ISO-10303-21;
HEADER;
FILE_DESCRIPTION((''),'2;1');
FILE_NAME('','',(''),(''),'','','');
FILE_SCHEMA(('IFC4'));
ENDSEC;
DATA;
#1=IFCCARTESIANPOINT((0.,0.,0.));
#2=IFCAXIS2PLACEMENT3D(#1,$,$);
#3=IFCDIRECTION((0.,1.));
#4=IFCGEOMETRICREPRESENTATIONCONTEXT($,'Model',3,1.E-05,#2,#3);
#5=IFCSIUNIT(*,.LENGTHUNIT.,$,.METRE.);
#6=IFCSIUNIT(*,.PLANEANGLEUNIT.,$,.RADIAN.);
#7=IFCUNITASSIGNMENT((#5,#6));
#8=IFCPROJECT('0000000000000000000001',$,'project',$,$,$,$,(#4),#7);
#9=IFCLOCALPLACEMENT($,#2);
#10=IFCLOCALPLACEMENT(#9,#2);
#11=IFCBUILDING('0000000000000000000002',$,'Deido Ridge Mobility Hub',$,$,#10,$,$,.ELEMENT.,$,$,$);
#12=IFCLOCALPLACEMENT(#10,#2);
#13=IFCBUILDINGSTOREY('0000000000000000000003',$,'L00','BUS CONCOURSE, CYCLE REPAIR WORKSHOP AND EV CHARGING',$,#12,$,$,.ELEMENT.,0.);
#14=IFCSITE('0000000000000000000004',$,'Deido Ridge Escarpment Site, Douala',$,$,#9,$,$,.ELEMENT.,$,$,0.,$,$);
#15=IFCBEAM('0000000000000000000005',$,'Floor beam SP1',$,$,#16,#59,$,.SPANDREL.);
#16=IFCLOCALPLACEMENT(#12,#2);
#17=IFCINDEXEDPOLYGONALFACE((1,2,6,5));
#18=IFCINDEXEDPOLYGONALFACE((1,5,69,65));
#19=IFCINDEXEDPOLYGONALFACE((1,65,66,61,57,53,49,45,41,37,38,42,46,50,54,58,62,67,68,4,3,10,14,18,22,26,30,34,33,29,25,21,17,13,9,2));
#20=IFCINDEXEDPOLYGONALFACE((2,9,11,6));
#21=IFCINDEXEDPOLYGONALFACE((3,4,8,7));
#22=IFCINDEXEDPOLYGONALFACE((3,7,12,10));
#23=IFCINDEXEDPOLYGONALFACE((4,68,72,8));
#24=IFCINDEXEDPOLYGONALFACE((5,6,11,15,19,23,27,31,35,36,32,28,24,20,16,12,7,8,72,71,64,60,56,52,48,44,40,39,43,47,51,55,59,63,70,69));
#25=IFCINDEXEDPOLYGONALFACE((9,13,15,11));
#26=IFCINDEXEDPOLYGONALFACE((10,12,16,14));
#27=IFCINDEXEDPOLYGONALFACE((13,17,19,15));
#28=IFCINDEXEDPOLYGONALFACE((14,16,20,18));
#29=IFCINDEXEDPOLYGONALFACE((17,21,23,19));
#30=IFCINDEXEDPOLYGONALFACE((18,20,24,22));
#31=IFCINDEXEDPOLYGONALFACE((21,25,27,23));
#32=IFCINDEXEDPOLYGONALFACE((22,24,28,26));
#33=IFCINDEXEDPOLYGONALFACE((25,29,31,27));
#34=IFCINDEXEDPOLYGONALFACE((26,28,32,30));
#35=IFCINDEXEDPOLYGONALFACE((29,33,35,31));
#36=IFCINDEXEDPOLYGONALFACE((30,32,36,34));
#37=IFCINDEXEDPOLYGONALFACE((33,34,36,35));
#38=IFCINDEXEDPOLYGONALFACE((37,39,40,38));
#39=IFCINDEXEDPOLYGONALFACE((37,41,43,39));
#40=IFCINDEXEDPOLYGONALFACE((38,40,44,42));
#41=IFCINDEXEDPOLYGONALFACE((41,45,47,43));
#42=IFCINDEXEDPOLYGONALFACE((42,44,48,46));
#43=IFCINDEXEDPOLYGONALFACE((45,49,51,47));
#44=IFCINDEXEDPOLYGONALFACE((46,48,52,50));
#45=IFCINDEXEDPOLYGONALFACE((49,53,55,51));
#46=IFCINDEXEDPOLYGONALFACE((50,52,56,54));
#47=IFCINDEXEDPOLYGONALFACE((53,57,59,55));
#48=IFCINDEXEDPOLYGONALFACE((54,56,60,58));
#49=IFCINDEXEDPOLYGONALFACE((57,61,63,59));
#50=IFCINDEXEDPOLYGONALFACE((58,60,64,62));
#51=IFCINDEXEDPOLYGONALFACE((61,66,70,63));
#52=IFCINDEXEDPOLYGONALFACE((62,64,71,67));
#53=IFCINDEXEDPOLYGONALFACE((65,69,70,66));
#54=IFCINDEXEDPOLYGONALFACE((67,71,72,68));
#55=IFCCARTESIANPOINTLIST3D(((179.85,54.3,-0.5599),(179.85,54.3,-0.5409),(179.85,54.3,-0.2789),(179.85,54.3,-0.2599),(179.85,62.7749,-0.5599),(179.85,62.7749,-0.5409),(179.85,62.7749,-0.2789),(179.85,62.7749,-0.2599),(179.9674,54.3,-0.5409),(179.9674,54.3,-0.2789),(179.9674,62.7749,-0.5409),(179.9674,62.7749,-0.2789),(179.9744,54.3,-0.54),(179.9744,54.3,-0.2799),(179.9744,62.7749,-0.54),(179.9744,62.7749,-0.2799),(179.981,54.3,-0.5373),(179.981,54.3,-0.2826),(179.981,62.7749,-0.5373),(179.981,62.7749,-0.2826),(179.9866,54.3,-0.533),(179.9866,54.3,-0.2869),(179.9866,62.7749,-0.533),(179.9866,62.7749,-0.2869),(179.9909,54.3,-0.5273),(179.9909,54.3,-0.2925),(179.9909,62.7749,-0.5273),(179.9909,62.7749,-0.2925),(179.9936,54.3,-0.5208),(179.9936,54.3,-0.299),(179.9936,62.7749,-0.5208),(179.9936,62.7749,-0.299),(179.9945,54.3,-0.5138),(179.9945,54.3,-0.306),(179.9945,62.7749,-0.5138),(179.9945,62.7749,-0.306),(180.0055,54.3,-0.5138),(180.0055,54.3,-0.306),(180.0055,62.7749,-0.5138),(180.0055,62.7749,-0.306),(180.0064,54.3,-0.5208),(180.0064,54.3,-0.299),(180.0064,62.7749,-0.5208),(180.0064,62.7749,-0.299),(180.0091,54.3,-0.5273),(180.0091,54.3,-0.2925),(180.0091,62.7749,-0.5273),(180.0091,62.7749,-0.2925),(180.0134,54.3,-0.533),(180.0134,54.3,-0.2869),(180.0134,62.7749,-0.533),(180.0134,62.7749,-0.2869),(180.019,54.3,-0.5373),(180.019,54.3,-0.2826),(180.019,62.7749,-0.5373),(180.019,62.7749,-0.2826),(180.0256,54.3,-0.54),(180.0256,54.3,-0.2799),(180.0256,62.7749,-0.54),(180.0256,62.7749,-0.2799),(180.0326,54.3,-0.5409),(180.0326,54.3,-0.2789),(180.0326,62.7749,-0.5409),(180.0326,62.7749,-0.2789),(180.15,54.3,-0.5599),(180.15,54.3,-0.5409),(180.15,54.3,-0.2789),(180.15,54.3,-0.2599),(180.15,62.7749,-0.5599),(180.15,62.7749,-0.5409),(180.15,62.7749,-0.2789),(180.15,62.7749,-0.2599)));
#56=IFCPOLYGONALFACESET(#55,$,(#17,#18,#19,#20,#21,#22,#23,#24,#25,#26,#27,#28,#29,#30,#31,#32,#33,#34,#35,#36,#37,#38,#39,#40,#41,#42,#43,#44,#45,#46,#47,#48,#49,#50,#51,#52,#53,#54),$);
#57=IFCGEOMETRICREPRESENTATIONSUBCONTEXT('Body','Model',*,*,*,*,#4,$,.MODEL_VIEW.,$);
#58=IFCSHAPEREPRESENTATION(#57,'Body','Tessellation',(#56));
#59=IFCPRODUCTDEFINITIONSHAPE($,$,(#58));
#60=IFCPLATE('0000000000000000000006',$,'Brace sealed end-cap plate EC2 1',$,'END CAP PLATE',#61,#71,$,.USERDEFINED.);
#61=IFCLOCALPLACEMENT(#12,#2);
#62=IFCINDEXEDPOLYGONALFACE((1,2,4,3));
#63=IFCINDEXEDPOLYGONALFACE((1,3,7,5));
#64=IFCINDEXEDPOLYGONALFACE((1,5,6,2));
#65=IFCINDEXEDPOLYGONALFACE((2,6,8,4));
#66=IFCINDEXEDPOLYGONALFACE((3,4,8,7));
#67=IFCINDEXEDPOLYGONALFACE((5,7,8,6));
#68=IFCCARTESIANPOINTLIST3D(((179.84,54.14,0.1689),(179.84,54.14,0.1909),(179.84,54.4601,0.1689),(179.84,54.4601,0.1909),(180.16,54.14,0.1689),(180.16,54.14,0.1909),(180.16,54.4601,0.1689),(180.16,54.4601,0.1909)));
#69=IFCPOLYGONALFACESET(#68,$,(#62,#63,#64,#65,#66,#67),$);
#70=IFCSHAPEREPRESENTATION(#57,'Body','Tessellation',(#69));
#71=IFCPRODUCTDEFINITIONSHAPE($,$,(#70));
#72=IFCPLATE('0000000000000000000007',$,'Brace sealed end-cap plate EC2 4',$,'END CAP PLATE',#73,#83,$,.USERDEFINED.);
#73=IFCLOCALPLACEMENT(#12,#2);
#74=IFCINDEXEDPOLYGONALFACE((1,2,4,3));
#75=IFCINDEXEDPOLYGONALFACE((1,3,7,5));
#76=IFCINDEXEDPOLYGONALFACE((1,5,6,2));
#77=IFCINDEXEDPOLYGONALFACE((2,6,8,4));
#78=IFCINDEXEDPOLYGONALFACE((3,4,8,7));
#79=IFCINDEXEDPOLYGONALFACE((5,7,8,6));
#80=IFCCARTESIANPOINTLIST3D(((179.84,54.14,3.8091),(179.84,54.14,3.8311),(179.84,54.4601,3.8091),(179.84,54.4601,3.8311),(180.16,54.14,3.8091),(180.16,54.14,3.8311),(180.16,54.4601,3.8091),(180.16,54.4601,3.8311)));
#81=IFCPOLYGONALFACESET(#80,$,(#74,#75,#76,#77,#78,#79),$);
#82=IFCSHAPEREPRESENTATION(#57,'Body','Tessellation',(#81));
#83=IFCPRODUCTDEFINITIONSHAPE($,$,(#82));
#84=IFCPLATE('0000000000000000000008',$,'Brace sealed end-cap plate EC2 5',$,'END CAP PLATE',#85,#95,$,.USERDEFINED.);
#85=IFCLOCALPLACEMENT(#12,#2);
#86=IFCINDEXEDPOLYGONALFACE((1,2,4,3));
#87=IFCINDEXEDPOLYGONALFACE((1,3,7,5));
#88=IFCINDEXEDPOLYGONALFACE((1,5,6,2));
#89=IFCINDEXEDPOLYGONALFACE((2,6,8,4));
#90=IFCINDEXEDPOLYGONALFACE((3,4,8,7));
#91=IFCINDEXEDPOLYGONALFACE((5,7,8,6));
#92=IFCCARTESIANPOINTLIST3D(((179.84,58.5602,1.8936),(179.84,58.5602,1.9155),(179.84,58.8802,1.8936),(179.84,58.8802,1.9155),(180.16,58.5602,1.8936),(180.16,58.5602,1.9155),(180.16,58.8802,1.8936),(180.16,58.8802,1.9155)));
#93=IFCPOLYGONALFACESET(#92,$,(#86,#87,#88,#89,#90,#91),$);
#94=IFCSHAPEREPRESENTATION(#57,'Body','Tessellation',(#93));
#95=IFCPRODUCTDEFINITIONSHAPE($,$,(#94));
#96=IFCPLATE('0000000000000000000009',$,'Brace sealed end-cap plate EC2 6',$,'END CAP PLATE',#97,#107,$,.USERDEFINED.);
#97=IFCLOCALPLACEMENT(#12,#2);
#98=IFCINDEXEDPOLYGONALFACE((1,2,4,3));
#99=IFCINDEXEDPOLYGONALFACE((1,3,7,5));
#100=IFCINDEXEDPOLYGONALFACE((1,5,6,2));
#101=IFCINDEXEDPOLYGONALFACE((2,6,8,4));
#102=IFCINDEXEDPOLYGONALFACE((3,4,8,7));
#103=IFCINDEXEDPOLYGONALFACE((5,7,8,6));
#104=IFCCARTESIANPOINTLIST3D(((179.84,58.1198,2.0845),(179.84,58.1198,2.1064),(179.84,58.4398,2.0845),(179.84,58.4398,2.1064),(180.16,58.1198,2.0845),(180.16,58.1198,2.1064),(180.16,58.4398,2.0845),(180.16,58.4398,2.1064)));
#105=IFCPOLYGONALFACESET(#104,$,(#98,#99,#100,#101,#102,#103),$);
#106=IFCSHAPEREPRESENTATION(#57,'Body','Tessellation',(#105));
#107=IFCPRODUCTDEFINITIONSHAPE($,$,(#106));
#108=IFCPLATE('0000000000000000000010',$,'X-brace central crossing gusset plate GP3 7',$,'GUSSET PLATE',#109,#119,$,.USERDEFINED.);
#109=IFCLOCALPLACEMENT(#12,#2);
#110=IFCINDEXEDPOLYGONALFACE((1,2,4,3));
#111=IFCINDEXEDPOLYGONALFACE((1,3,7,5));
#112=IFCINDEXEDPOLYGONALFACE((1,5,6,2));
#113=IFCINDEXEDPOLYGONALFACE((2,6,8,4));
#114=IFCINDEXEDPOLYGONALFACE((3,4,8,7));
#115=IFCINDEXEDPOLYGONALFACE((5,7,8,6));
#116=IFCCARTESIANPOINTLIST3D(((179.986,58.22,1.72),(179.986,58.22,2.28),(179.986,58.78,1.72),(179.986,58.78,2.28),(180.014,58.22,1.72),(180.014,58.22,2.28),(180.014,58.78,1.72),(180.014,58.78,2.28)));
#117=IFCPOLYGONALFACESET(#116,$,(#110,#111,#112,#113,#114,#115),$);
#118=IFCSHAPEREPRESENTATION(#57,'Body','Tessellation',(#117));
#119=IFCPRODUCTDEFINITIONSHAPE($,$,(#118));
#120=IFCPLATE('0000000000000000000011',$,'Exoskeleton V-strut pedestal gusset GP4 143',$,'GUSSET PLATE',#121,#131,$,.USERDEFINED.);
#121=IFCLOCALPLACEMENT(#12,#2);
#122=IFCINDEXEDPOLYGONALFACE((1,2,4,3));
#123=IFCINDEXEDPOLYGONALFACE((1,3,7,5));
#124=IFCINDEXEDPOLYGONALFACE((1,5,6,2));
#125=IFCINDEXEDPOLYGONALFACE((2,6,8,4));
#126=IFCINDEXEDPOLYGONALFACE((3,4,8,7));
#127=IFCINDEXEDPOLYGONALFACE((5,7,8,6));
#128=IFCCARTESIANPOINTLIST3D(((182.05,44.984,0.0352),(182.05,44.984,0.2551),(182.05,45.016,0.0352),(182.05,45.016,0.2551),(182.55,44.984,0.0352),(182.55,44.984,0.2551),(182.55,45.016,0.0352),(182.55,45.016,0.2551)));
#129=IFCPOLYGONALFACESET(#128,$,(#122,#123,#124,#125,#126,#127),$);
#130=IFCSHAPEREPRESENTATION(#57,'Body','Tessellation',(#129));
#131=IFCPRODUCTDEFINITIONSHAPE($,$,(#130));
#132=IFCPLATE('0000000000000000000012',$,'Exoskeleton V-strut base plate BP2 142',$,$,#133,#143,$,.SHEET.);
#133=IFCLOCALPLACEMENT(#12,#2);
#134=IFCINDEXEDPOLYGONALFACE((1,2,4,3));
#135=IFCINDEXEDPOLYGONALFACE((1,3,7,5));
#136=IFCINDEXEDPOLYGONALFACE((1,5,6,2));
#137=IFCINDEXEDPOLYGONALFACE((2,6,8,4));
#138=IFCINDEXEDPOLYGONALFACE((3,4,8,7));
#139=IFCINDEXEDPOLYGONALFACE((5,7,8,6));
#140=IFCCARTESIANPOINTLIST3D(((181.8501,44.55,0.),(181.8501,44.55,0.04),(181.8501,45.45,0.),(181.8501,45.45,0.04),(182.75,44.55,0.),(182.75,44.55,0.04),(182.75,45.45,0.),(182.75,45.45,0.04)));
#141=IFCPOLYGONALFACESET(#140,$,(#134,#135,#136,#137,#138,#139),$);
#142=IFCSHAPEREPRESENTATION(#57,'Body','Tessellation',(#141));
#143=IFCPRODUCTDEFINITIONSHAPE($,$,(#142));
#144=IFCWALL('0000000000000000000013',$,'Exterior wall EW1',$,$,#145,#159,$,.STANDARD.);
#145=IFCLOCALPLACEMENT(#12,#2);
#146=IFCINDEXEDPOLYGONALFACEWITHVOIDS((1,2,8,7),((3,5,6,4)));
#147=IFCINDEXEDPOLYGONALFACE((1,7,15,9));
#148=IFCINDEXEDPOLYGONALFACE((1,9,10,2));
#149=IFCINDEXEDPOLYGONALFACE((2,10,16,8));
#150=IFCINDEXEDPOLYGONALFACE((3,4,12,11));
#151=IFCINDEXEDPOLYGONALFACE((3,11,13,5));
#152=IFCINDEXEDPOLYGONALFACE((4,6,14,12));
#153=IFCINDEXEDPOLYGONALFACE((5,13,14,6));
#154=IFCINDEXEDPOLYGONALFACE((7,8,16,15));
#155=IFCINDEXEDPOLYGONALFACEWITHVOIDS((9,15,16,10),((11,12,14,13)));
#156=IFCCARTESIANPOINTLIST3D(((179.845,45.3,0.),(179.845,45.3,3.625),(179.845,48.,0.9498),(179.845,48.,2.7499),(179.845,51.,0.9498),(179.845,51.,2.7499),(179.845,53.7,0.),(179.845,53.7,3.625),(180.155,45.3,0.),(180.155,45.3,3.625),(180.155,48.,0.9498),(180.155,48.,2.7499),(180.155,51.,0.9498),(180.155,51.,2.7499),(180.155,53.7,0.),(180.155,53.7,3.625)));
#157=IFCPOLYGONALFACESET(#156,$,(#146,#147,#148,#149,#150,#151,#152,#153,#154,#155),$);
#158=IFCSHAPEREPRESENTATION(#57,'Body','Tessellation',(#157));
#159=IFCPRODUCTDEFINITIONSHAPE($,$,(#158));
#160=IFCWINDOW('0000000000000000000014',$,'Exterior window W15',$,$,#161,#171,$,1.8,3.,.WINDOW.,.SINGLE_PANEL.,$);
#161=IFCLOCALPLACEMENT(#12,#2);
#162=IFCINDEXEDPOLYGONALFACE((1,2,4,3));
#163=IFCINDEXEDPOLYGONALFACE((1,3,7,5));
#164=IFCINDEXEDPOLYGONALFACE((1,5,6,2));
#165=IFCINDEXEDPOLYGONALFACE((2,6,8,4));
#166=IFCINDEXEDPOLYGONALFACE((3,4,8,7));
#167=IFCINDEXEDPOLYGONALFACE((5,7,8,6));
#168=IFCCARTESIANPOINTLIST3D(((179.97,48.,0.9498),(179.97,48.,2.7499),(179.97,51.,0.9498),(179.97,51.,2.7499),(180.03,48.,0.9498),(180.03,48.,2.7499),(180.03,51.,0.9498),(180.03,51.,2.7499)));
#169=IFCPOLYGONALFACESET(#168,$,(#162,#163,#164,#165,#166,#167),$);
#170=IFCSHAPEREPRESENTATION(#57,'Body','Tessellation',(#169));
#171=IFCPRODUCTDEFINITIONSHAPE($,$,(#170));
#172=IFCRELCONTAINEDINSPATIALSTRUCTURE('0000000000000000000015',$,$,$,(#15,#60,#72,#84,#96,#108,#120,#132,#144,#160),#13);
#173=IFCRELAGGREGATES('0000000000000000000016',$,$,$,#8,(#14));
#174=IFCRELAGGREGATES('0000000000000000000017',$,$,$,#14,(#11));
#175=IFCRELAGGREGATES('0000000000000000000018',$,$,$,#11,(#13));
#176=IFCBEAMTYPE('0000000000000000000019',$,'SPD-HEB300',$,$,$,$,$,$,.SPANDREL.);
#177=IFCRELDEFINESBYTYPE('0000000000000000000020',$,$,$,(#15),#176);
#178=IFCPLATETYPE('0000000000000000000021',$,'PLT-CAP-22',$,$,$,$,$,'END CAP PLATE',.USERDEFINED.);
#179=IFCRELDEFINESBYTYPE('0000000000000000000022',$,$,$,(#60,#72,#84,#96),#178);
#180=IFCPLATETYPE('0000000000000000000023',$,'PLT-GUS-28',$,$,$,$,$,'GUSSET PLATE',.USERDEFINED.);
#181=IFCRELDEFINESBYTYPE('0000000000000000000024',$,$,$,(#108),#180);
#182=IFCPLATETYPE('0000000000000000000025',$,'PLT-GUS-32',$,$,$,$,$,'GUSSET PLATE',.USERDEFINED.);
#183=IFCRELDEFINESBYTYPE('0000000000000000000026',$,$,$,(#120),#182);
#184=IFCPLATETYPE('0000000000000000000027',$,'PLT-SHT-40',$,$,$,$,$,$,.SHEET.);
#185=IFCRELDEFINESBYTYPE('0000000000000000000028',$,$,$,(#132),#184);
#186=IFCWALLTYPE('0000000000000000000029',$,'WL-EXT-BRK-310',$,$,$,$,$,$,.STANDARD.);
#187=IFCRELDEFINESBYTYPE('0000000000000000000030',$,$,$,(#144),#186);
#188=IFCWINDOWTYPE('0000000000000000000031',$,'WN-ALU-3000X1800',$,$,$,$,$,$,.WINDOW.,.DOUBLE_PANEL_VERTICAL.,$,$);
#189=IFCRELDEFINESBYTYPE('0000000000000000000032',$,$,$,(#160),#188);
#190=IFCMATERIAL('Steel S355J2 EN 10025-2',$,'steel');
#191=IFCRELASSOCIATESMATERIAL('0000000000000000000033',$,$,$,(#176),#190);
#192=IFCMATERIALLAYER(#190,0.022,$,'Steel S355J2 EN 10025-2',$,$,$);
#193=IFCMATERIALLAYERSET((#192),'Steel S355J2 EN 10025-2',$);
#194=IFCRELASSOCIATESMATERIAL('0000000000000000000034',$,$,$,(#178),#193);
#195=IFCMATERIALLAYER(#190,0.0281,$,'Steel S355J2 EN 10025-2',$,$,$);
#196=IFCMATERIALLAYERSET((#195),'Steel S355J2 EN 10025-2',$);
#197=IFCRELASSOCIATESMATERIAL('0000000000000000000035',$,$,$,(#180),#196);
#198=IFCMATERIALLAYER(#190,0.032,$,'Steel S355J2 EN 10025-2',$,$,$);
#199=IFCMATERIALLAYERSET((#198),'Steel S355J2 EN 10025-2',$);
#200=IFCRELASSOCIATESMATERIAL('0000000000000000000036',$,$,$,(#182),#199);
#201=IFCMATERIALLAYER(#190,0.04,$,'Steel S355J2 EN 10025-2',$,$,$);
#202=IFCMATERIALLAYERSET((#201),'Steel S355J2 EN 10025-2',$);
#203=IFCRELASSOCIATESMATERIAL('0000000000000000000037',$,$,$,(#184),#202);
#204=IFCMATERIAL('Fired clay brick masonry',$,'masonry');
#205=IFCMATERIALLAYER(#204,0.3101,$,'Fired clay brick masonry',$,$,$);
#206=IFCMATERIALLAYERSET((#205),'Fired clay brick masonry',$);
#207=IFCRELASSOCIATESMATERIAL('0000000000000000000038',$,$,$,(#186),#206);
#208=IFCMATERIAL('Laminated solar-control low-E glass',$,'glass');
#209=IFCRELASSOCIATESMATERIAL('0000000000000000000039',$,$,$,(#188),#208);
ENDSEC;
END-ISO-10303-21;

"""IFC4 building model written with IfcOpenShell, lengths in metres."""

from ifc_helpers import new_model, si_unit, direction, frame, frame_2d, origin, origin_2d, place, context, subcontext, project, spatial, rectangle, i_section, extrude, material, layer, layer_set, material_profile, profile_set, type_object, element, fill, save


model = new_model("IFC4")

# Units and contexts
model_context = context("Model", 3, precision=1e-05, world=origin(), true_north=direction((0.0, 1.0)))
body_context = subcontext(model_context, "Body", "Model", "MODEL_VIEW")
ifc_project = project(units=[si_unit("LENGTHUNIT", "METRE"), si_unit("PLANEANGLEUNIT", "RADIAN")], contexts=[model_context])

# Site, building, storey
site_placement = place(None, origin())
site = spatial("IfcSite", under=ifc_project, at=site_placement, Name="Deido Ridge Escarpment Site, Douala", CompositionType="ELEMENT", RefElevation=0.0)
building_placement = place(site_placement, origin())
building = spatial("IfcBuilding", under=site, at=building_placement, Name="Deido Ridge Mobility Hub", CompositionType="ELEMENT")
storey_placement = place(building_placement, origin())
storey = spatial("IfcBuildingStorey", under=building, at=storey_placement, Name="L00", Description="BUS CONCOURSE, CYCLE REPAIR WORKSHOP AND EV CHARGING", CompositionType="ELEMENT", Elevation=0.0)

# Shared definitions
ifc_material_1 = material(Name="Steel S355J2 EN 10025-2", Category="steel")

# Beam
ifc_material_profile_1 = material_profile(ifc_material_1, i_section(OverallWidth=0.3, OverallDepth=0.3, WebThickness=0.011, FlangeThickness=0.019, FilletRadius=0.0271, at=origin_2d()), Name="HEB 300")
ifc_profile_set_1 = profile_set([ifc_material_profile_1], Name="Steel S355J2 EN 10025-2")
beam_type_1 = type_object("IfcBeamType", Name="SPD-HEB300", PredefinedType="SPANDREL", material=ifc_profile_set_1)
beam_1_placement = place(storey_placement, frame((180.0, 54.3, -0.4099), z_axis=(0.0, 1.0, 0.0), x_axis=(-1.0, 0.0, 0.0)))
element("IfcBeam", 1, at=beam_1_placement, inside=storey, type_object=beam_type_1, Name="Floor beam SP1", PredefinedType="SPANDREL", context=body_context, shape_type="SweptSolid", body=[
    extrude(i_section(OverallWidth=0.3, OverallDepth=0.3, WebThickness=0.011, FlangeThickness=0.019, FilletRadius=0.0271, at=origin_2d()), origin(), (0.0, 0.0, 1.0), 8.4749),
])

# Plates
ifc_layer_1 = layer(ifc_material_1, 0.022, Name="Steel S355J2 EN 10025-2")
ifc_layer_set_1 = layer_set([ifc_layer_1], Name="Steel S355J2 EN 10025-2")
plate_type_1 = type_object("IfcPlateType", Name="PLT-CAP-22", ElementType="END CAP PLATE", PredefinedType="USERDEFINED", material=ifc_layer_set_1)
for number, where, z_axis, x_axis, name in (
    (2, (180.0, 54.3, 0.1689), (0.0, 0.0, 1.0), (1.0, 0.0, 0.0), "Brace sealed end-cap plate EC2 1"),
    (3, (180.0, 54.3, 3.8091), (0.0, 0.0, 1.0), (1.0, 0.0, 0.0), "Brace sealed end-cap plate EC2 4"),
    (4, (180.0, 58.7202, 1.8936), (0.0, 0.0, 1.0), (1.0, 0.0, 0.0), "Brace sealed end-cap plate EC2 5"),
    (5, (180.0, 58.2798, 2.0845), (0.0, 0.0, 1.0), (1.0, 0.0, 0.0), "Brace sealed end-cap plate EC2 6"),
):
    element("IfcPlate", number, at=place(storey_placement, frame(where, z_axis=z_axis, x_axis=x_axis)), inside=storey, type_object=plate_type_1, Name=name, ObjectType="END CAP PLATE", PredefinedType="USERDEFINED", context=body_context, shape_type="SweptSolid", body=[
        extrude(rectangle(XDim=0.3201, YDim=0.3201, at=origin_2d()), origin(), (0.0, 0.0, 1.0), 0.022),
    ])
ifc_layer_2 = layer(ifc_material_1, 0.0281, Name="Steel S355J2 EN 10025-2")
ifc_layer_set_2 = layer_set([ifc_layer_2], Name="Steel S355J2 EN 10025-2")
plate_type_2 = type_object("IfcPlateType", Name="PLT-GUS-28", ElementType="GUSSET PLATE", PredefinedType="USERDEFINED", material=ifc_layer_set_2)
plate_1_placement = place(storey_placement, frame((180.0, 58.5, 1.72), z_axis=(0.0, 0.0, 1.0), x_axis=(0.0, 1.0, 0.0)))
element("IfcPlate", 6, at=plate_1_placement, inside=storey, type_object=plate_type_2, Name="X-brace central crossing gusset plate GP3 7", ObjectType="GUSSET PLATE", PredefinedType="USERDEFINED", context=body_context, shape_type="SweptSolid", body=[
    extrude(rectangle(XDim=0.5601, YDim=0.0281, at=origin_2d()), origin(), (0.0, 0.0, 1.0), 0.5601),
])
ifc_layer_3 = layer(ifc_material_1, 0.032, Name="Steel S355J2 EN 10025-2")
ifc_layer_set_3 = layer_set([ifc_layer_3], Name="Steel S355J2 EN 10025-2")
plate_type_3 = type_object("IfcPlateType", Name="PLT-GUS-32", ElementType="GUSSET PLATE", PredefinedType="USERDEFINED", material=ifc_layer_set_3)
plate_2_placement = place(storey_placement, frame((182.3, 45.0, 0.0352), z_axis=(0.0, 0.0, 1.0), x_axis=(1.0, 0.0, 0.0)))
element("IfcPlate", 7, at=plate_2_placement, inside=storey, type_object=plate_type_3, Name="Exoskeleton V-strut pedestal gusset GP4 143", ObjectType="GUSSET PLATE", PredefinedType="USERDEFINED", context=body_context, shape_type="SweptSolid", body=[
    extrude(rectangle(XDim=0.5, YDim=0.032, at=origin_2d()), origin(), (0.0, 0.0, 1.0), 0.22),
])
ifc_layer_4 = layer(ifc_material_1, 0.04, Name="Steel S355J2 EN 10025-2")
ifc_layer_set_4 = layer_set([ifc_layer_4], Name="Steel S355J2 EN 10025-2")
plate_type_4 = type_object("IfcPlateType", Name="PLT-SHT-40", PredefinedType="SHEET", material=ifc_layer_set_4)
plate_3_placement = place(storey_placement, frame((182.3, 45.0, 0.0), z_axis=(0.0, 0.0, 1.0), x_axis=(1.0, 0.0, 0.0)))
element("IfcPlate", 8, at=plate_3_placement, inside=storey, type_object=plate_type_4, Name="Exoskeleton V-strut base plate BP2 142", PredefinedType="SHEET", context=body_context, shape_type="SweptSolid", body=[
    extrude(rectangle(XDim=0.8999, YDim=0.8999, at=origin_2d()), origin(), (0.0, 0.0, 1.0), 0.04),
])

# Wall, opening, window
ifc_material_2 = material(Name="Fired clay brick masonry", Category="masonry")
ifc_layer_5 = layer(ifc_material_2, 0.3101, Name="Fired clay brick masonry")
ifc_layer_set_5 = layer_set([ifc_layer_5], Name="Fired clay brick masonry")
wall_type = type_object("IfcWallType", Name="WL-EXT-BRK-310", PredefinedType="STANDARD", material=ifc_layer_set_5)
wall_placement = place(storey_placement, frame((180.0, 45.3, 0.0), z_axis=(0.0, 0.0, 1.0), x_axis=(0.0, 1.0, 0.0)))
wall = element("IfcWall", 9, at=wall_placement, inside=storey, type_object=wall_type, Name="Exterior wall EW1", PredefinedType="STANDARD", context=body_context, shape_type="SweptSolid", body=[
    extrude(rectangle(XDim=8.3999, YDim=0.3101, at=frame_2d((4.2, 0.0))), origin(), (0.0, 0.0, 1.0), 3.625),
])
opening_placement = place(wall_placement, frame((2.7, 0.0, 0.95)))
opening = element("IfcOpeningElement", 10, at=opening_placement, cuts=wall, PredefinedType="OPENING", context=body_context, shape_type="SweptSolid", body=[
    extrude(rectangle(XDim=3.0, YDim=1.8, at=frame_2d((1.5, 0.8999))), frame((0.0, 0.165, 0.0), z_axis=(0.0, -1.0, 0.0), x_axis=(1.0, 0.0, 0.0)), (0.0, 0.0, 1.0), 0.3301),
])
ifc_material_3 = material(Name="Laminated solar-control low-E glass", Category="glass")
window_type = type_object("IfcWindowType", Name="WN-ALU-3000X1800", PartitioningType="DOUBLE_PANEL_VERTICAL", PredefinedType="WINDOW", material=ifc_material_3)
window_placement = place(opening_placement, origin())
window = element("IfcWindow", 11, at=window_placement, inside=storey, type_object=window_type, Name="Exterior window W15", OverallHeight=1.8, OverallWidth=3.0, PartitioningType="SINGLE_PANEL", PredefinedType="WINDOW", context=body_context, shape_type="SweptSolid", body=[
    extrude(rectangle(XDim=3.0, YDim=1.8, at=frame_2d((1.5, 0.8999))), frame((0.0, 0.03, 0.0), z_axis=(0.0, -1.0, 0.0), x_axis=(1.0, 0.0, 0.0)), (0.0, 0.0, 1.0), 0.0601),
])
fill(opening, window)

save(model, "model.ifc")
